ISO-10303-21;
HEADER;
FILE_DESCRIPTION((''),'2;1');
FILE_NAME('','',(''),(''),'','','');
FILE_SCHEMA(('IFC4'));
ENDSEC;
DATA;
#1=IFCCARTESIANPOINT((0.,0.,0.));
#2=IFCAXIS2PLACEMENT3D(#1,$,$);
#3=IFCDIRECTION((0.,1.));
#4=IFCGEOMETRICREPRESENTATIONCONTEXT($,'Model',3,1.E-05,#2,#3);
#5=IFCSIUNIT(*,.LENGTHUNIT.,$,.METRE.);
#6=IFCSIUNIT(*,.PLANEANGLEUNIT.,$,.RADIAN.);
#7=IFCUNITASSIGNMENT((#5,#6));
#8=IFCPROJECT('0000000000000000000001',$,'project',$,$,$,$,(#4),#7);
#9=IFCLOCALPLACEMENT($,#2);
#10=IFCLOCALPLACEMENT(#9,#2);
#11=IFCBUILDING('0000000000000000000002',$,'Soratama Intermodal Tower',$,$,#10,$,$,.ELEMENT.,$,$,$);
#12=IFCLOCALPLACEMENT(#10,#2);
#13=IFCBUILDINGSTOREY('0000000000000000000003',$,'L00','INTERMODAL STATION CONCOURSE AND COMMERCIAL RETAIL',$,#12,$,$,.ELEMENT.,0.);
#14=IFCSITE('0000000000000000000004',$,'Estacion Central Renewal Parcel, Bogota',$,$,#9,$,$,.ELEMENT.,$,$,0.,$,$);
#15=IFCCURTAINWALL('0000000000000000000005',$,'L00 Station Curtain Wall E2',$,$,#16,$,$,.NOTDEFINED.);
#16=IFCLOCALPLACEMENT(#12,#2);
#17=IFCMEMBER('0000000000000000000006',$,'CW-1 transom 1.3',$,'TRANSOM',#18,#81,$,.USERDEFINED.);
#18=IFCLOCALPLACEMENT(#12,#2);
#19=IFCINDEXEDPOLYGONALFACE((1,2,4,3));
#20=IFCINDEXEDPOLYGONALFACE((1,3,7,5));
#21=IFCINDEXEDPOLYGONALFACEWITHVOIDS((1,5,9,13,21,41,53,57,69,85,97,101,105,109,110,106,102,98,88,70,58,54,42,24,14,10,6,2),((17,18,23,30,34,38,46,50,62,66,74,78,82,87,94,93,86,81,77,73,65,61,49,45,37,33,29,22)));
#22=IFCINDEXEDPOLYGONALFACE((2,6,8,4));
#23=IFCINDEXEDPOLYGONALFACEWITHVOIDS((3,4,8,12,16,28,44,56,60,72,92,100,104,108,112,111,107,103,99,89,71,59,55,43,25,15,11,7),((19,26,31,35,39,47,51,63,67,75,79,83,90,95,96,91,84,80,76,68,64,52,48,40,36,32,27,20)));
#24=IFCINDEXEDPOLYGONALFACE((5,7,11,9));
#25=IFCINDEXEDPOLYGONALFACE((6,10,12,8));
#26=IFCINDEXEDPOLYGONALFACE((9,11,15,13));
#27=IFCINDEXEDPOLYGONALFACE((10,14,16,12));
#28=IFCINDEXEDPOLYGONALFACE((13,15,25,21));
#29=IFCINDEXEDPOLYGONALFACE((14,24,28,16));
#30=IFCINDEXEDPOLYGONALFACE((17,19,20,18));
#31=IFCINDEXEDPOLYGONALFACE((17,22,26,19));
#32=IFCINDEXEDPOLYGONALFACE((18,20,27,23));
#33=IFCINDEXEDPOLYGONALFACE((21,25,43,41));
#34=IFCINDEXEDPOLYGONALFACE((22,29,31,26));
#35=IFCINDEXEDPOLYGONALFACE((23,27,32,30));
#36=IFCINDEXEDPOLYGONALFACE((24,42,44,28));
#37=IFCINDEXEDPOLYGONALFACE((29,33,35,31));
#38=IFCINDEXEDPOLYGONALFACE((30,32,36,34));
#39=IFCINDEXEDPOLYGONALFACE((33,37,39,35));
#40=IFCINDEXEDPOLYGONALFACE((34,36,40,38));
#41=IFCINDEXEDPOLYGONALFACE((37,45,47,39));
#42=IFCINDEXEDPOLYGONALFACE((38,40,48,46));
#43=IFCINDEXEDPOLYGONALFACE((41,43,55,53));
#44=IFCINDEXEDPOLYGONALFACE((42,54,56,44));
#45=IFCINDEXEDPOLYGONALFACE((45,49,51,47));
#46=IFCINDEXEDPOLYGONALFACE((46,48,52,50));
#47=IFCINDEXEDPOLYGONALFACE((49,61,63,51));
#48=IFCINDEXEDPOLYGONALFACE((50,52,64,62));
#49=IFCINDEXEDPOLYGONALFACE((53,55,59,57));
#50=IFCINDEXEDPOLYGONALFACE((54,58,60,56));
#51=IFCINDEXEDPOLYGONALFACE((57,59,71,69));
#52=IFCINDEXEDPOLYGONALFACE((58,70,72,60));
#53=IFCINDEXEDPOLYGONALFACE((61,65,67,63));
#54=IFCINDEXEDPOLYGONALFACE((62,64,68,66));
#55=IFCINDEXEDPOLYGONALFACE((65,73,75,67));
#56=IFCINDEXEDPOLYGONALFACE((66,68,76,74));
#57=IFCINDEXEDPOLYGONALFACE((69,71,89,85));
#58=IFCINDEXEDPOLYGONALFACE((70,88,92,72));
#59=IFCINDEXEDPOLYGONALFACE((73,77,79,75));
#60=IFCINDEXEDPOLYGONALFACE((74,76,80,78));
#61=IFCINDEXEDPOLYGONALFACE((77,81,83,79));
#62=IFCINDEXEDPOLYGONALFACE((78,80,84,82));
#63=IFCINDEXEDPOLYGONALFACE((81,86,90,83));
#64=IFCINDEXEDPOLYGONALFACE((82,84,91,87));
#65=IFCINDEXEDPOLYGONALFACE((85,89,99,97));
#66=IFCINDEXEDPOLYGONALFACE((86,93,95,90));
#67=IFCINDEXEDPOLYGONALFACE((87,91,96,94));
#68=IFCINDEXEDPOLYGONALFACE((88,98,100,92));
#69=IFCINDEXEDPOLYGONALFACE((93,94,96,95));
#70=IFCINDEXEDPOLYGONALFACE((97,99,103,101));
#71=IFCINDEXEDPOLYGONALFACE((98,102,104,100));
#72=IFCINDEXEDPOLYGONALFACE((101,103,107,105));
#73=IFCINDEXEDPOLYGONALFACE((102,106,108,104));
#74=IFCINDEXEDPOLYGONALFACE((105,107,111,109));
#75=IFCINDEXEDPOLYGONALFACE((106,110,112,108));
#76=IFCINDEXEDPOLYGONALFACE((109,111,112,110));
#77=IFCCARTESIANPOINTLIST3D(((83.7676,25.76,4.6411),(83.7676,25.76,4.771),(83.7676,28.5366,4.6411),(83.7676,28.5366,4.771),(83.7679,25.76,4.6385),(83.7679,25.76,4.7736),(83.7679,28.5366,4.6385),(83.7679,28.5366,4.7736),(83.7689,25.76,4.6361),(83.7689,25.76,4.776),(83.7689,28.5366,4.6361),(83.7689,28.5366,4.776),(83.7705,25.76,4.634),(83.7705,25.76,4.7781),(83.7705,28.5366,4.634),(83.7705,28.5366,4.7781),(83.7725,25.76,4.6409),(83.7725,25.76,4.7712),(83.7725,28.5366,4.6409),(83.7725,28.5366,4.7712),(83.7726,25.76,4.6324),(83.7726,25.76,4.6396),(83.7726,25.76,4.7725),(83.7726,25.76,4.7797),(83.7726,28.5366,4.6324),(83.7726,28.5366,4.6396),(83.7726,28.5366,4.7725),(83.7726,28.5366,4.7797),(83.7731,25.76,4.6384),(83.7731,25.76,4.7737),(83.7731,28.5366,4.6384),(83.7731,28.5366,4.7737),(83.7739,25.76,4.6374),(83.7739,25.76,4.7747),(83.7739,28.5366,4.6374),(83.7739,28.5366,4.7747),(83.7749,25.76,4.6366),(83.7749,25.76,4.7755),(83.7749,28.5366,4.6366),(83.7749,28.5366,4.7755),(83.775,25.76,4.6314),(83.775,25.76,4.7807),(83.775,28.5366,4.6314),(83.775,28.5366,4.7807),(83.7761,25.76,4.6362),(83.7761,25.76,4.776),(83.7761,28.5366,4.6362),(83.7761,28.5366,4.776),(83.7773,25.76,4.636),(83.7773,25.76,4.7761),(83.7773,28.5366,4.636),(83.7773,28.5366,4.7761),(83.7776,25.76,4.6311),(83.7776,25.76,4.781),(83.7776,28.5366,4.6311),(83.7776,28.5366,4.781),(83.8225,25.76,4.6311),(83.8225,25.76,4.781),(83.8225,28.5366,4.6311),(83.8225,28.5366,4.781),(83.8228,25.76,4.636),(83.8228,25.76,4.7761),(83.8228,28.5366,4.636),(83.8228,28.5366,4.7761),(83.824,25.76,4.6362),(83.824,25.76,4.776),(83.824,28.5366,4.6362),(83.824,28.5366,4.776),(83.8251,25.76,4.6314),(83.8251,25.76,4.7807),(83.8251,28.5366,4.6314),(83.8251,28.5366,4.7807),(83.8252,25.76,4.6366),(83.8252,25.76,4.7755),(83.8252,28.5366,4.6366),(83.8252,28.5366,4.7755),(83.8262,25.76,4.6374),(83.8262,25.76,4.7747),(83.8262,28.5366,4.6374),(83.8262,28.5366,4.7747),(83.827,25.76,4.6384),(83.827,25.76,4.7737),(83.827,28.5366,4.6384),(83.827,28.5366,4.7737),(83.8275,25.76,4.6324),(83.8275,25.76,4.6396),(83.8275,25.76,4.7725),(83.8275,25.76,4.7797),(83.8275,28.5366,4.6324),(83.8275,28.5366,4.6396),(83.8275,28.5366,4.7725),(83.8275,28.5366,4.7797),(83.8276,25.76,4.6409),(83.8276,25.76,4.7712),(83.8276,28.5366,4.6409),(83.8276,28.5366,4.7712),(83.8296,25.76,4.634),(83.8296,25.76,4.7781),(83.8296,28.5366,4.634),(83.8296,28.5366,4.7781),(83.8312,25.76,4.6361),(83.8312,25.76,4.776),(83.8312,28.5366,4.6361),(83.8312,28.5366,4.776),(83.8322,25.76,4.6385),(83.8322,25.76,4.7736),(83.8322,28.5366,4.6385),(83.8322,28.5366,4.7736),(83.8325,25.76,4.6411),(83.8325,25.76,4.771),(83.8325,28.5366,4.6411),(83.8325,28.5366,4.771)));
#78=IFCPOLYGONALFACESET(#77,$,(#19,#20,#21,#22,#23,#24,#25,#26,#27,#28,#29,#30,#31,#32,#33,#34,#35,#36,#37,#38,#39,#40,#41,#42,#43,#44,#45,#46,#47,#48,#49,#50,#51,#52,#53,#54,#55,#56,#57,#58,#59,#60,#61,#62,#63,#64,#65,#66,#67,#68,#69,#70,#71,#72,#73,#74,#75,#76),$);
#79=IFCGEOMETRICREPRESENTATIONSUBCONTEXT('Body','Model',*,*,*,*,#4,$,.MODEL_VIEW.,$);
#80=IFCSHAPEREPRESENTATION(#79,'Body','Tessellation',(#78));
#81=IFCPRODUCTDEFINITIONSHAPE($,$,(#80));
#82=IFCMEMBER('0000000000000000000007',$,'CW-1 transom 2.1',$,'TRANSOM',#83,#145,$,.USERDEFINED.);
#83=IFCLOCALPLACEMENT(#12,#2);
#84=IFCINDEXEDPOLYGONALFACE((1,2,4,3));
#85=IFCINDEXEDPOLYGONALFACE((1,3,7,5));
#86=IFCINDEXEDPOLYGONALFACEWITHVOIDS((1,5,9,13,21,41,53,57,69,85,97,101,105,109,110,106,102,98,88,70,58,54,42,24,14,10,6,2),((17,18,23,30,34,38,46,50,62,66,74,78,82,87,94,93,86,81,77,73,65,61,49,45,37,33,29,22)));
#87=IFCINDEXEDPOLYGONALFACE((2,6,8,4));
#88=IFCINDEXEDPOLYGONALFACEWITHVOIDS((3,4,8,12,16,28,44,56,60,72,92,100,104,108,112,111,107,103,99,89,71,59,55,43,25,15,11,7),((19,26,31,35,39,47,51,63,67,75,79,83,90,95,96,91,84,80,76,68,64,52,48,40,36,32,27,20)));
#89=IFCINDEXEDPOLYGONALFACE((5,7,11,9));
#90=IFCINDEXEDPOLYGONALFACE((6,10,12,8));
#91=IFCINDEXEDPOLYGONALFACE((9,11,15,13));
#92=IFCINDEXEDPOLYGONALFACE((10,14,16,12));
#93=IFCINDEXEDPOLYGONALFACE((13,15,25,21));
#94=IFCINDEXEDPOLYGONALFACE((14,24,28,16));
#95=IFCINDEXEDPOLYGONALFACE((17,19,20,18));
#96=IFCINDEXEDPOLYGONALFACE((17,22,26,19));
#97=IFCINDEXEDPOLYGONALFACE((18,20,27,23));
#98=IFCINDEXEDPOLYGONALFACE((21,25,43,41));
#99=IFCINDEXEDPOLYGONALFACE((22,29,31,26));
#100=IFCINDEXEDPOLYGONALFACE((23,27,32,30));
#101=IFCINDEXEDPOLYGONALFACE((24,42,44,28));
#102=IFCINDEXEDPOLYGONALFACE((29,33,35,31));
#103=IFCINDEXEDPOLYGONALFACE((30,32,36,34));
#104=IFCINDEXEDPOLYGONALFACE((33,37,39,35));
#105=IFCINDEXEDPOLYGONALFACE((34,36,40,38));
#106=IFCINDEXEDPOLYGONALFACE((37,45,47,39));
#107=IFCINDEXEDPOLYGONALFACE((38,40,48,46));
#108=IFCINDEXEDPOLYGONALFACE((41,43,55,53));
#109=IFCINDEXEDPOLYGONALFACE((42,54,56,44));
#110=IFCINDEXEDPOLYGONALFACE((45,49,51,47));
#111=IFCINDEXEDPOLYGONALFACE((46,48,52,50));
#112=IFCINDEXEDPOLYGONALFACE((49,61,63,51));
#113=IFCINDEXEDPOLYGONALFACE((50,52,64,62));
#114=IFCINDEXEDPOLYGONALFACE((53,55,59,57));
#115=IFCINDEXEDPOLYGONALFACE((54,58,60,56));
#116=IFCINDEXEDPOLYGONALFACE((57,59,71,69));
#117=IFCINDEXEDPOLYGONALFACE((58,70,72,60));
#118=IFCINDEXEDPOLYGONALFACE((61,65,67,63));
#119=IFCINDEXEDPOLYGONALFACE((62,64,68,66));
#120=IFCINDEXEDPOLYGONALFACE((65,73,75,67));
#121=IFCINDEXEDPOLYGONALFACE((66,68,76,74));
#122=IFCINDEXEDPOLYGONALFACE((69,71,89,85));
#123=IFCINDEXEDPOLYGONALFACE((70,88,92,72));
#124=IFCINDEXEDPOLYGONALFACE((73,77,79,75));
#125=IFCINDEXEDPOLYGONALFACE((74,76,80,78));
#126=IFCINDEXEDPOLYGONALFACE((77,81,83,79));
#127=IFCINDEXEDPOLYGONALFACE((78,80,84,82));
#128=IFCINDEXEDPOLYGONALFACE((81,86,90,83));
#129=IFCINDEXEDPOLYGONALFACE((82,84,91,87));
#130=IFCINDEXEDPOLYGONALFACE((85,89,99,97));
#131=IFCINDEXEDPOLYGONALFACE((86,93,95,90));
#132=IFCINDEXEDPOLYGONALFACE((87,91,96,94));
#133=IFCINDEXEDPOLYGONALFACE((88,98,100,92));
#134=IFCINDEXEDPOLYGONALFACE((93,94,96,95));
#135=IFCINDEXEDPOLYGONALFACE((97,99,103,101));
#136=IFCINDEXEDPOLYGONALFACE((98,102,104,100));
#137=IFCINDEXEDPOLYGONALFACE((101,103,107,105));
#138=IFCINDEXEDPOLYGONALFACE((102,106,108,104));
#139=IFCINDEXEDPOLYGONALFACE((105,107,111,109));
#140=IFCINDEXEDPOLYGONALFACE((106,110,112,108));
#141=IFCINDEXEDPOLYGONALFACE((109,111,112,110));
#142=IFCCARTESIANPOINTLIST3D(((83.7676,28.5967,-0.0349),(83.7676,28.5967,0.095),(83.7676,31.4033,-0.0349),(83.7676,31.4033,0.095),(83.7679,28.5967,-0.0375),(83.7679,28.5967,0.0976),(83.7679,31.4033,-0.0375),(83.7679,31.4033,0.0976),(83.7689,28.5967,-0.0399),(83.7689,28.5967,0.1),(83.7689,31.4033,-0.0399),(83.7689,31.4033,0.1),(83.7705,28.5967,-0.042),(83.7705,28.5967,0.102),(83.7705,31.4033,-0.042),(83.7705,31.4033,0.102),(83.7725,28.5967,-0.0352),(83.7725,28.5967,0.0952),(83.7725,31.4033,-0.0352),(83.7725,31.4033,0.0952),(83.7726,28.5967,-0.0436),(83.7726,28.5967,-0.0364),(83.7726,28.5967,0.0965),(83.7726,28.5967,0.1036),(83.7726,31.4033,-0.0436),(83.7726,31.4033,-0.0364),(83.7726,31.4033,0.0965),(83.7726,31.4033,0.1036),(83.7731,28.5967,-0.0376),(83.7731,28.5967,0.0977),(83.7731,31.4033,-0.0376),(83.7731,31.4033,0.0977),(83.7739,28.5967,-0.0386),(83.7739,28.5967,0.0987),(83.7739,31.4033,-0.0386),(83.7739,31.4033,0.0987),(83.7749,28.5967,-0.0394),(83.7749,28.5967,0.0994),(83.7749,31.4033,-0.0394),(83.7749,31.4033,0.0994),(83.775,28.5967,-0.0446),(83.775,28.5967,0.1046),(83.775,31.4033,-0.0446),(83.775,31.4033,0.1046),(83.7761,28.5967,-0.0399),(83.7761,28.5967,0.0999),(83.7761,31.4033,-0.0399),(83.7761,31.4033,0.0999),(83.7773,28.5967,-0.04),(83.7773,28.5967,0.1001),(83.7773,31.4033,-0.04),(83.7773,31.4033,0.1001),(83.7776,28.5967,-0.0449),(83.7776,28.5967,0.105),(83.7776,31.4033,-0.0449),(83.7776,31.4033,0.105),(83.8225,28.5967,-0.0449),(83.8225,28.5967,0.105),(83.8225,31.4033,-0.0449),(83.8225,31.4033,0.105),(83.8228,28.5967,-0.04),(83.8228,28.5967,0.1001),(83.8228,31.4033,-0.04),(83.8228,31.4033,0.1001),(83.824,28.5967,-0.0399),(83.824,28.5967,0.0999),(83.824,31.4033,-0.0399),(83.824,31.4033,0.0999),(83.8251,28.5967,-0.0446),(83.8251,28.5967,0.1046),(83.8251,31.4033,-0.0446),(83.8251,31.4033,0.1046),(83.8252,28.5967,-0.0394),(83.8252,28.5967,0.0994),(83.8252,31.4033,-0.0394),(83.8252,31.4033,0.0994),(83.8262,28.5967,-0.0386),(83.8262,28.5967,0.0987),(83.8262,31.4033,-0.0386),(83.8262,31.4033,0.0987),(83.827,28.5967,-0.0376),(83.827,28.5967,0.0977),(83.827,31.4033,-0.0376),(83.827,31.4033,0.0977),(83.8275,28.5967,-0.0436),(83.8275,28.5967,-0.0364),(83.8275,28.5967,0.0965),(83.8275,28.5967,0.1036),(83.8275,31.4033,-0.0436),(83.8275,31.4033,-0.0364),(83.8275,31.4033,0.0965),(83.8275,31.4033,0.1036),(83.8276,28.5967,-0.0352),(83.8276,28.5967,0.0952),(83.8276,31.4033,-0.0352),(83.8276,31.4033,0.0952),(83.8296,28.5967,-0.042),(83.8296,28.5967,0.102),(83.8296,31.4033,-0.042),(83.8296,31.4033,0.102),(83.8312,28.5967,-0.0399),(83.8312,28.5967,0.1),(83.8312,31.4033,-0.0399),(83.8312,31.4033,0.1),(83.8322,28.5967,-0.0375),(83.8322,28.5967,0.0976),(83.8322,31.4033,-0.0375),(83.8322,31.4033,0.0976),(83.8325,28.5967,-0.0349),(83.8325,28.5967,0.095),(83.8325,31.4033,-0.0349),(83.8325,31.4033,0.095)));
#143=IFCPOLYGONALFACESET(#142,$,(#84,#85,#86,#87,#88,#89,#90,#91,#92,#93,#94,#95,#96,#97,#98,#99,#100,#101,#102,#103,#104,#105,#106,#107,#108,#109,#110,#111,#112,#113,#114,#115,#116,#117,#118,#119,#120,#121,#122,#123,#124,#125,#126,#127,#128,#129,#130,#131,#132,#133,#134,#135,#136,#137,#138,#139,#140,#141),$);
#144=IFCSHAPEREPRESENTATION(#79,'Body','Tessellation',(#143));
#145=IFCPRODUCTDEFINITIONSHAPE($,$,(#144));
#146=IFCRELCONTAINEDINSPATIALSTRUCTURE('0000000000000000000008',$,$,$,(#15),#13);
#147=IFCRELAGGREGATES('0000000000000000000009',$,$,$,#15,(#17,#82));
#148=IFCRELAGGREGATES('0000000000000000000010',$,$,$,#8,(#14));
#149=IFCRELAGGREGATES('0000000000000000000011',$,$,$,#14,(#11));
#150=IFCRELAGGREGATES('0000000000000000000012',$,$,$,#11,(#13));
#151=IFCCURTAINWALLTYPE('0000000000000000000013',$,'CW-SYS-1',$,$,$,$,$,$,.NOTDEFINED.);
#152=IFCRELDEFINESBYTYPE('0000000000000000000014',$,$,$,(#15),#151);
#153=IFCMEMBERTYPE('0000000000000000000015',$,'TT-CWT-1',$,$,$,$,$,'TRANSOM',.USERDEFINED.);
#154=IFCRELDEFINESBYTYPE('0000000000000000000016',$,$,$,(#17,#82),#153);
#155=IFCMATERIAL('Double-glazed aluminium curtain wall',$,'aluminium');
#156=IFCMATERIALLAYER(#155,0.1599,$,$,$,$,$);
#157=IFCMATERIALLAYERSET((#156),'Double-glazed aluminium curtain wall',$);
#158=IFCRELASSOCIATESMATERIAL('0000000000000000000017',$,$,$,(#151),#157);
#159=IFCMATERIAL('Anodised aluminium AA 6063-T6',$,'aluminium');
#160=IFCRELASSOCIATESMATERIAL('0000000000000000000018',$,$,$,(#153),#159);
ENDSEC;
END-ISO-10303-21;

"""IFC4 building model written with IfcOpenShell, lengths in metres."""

from ifc_helpers import new_model, si_unit, direction, frame, origin, origin_2d, place, context, subcontext, project, spatial, hollow_rectangle, extrude, material, layer, layer_set, material_profile, profile_set, type_object, element, aggregate, save


model = new_model("IFC4")

# Units and contexts
model_context = context("Model", 3, precision=1e-05, world=origin(), true_north=direction((0.0, 1.0)))
body_context = subcontext(model_context, "Body", "Model", "MODEL_VIEW")
ifc_project = project(units=[si_unit("LENGTHUNIT", "METRE"), si_unit("PLANEANGLEUNIT", "RADIAN")], contexts=[model_context])

# Site, building, storey
site_placement = place(None, origin())
site = spatial("IfcSite", under=ifc_project, at=site_placement, Name="Estacion Central Renewal Parcel, Bogota", CompositionType="ELEMENT", RefElevation=0.0)
building_placement = place(site_placement, origin())
building = spatial("IfcBuilding", under=site, at=building_placement, Name="Soratama Intermodal Tower", CompositionType="ELEMENT")
storey_placement = place(building_placement, origin())
storey = spatial("IfcBuildingStorey", under=building, at=storey_placement, Name="L00", Description="INTERMODAL STATION CONCOURSE AND COMMERCIAL RETAIL", CompositionType="ELEMENT", Elevation=0.0)

# Curtain wall, members
ifc_material_1 = material(Name="Double-glazed aluminium curtain wall", Category="aluminium")
ifc_layer_1 = layer(ifc_material_1, 0.1599)
ifc_layer_set_1 = layer_set([ifc_layer_1], Name="Double-glazed aluminium curtain wall")
curtain_wall_type = type_object("IfcCurtainWallType", Name="CW-SYS-1", PredefinedType="NOTDEFINED", material=ifc_layer_set_1)
curtain_wall_placement = place(storey_placement, origin())
curtain_wall = element("IfcCurtainWall", 1, at=curtain_wall_placement, inside=storey, type_object=curtain_wall_type, Name="L00 Station Curtain Wall E2", PredefinedType="NOTDEFINED")
ifc_material_2 = material(Name="Anodised aluminium AA 6063-T6", Category="aluminium")
ifc_material_profile_1 = material_profile(ifc_material_2, hollow_rectangle(XDim=0.0649, YDim=0.1499, WallThickness=0.0049, InnerFilletRadius=0.0049, OuterFilletRadius=0.01, at=origin_2d()), Name="CWT150X65X5")
ifc_profile_set_1 = profile_set([ifc_material_profile_1], Name="Anodised aluminium AA 6063-T6")
member_type_1 = type_object("IfcMemberType", Name="TT-CWT-1", ElementType="TRANSOM", PredefinedType="USERDEFINED", material=ifc_profile_set_1)
member_1_placement = place(storey_placement, frame((83.8, 25.76, 4.7061), z_axis=(0.0, 1.0, 0.0), x_axis=(-1.0, 0.0, 0.0)))
member_1 = element("IfcMember", 2, at=member_1_placement, type_object=member_type_1, Name="CW-1 transom 1.3", ObjectType="TRANSOM", PredefinedType="USERDEFINED", context=body_context, shape_type="SweptSolid", body=[
    extrude(hollow_rectangle(XDim=0.0649, YDim=0.1499, WallThickness=0.0049, InnerFilletRadius=0.0049, OuterFilletRadius=0.01, at=origin_2d()), origin(), (0.0, 0.0, 1.0), 2.7766),
])
member_2_placement = place(storey_placement, frame((83.8, 28.5967, 0.03), z_axis=(0.0, 1.0, 0.0), x_axis=(-1.0, 0.0, 0.0)))
member_2 = element("IfcMember", 3, at=member_2_placement, type_object=member_type_1, Name="CW-1 transom 2.1", ObjectType="TRANSOM", PredefinedType="USERDEFINED", context=body_context, shape_type="SweptSolid", body=[
    extrude(hollow_rectangle(XDim=0.0649, YDim=0.1499, WallThickness=0.0049, InnerFilletRadius=0.0049, OuterFilletRadius=0.01, at=origin_2d()), origin(), (0.0, 0.0, 1.0), 2.8066),
])
aggregate(curtain_wall, [member_1, member_2])

save(model, "model.ifc")
